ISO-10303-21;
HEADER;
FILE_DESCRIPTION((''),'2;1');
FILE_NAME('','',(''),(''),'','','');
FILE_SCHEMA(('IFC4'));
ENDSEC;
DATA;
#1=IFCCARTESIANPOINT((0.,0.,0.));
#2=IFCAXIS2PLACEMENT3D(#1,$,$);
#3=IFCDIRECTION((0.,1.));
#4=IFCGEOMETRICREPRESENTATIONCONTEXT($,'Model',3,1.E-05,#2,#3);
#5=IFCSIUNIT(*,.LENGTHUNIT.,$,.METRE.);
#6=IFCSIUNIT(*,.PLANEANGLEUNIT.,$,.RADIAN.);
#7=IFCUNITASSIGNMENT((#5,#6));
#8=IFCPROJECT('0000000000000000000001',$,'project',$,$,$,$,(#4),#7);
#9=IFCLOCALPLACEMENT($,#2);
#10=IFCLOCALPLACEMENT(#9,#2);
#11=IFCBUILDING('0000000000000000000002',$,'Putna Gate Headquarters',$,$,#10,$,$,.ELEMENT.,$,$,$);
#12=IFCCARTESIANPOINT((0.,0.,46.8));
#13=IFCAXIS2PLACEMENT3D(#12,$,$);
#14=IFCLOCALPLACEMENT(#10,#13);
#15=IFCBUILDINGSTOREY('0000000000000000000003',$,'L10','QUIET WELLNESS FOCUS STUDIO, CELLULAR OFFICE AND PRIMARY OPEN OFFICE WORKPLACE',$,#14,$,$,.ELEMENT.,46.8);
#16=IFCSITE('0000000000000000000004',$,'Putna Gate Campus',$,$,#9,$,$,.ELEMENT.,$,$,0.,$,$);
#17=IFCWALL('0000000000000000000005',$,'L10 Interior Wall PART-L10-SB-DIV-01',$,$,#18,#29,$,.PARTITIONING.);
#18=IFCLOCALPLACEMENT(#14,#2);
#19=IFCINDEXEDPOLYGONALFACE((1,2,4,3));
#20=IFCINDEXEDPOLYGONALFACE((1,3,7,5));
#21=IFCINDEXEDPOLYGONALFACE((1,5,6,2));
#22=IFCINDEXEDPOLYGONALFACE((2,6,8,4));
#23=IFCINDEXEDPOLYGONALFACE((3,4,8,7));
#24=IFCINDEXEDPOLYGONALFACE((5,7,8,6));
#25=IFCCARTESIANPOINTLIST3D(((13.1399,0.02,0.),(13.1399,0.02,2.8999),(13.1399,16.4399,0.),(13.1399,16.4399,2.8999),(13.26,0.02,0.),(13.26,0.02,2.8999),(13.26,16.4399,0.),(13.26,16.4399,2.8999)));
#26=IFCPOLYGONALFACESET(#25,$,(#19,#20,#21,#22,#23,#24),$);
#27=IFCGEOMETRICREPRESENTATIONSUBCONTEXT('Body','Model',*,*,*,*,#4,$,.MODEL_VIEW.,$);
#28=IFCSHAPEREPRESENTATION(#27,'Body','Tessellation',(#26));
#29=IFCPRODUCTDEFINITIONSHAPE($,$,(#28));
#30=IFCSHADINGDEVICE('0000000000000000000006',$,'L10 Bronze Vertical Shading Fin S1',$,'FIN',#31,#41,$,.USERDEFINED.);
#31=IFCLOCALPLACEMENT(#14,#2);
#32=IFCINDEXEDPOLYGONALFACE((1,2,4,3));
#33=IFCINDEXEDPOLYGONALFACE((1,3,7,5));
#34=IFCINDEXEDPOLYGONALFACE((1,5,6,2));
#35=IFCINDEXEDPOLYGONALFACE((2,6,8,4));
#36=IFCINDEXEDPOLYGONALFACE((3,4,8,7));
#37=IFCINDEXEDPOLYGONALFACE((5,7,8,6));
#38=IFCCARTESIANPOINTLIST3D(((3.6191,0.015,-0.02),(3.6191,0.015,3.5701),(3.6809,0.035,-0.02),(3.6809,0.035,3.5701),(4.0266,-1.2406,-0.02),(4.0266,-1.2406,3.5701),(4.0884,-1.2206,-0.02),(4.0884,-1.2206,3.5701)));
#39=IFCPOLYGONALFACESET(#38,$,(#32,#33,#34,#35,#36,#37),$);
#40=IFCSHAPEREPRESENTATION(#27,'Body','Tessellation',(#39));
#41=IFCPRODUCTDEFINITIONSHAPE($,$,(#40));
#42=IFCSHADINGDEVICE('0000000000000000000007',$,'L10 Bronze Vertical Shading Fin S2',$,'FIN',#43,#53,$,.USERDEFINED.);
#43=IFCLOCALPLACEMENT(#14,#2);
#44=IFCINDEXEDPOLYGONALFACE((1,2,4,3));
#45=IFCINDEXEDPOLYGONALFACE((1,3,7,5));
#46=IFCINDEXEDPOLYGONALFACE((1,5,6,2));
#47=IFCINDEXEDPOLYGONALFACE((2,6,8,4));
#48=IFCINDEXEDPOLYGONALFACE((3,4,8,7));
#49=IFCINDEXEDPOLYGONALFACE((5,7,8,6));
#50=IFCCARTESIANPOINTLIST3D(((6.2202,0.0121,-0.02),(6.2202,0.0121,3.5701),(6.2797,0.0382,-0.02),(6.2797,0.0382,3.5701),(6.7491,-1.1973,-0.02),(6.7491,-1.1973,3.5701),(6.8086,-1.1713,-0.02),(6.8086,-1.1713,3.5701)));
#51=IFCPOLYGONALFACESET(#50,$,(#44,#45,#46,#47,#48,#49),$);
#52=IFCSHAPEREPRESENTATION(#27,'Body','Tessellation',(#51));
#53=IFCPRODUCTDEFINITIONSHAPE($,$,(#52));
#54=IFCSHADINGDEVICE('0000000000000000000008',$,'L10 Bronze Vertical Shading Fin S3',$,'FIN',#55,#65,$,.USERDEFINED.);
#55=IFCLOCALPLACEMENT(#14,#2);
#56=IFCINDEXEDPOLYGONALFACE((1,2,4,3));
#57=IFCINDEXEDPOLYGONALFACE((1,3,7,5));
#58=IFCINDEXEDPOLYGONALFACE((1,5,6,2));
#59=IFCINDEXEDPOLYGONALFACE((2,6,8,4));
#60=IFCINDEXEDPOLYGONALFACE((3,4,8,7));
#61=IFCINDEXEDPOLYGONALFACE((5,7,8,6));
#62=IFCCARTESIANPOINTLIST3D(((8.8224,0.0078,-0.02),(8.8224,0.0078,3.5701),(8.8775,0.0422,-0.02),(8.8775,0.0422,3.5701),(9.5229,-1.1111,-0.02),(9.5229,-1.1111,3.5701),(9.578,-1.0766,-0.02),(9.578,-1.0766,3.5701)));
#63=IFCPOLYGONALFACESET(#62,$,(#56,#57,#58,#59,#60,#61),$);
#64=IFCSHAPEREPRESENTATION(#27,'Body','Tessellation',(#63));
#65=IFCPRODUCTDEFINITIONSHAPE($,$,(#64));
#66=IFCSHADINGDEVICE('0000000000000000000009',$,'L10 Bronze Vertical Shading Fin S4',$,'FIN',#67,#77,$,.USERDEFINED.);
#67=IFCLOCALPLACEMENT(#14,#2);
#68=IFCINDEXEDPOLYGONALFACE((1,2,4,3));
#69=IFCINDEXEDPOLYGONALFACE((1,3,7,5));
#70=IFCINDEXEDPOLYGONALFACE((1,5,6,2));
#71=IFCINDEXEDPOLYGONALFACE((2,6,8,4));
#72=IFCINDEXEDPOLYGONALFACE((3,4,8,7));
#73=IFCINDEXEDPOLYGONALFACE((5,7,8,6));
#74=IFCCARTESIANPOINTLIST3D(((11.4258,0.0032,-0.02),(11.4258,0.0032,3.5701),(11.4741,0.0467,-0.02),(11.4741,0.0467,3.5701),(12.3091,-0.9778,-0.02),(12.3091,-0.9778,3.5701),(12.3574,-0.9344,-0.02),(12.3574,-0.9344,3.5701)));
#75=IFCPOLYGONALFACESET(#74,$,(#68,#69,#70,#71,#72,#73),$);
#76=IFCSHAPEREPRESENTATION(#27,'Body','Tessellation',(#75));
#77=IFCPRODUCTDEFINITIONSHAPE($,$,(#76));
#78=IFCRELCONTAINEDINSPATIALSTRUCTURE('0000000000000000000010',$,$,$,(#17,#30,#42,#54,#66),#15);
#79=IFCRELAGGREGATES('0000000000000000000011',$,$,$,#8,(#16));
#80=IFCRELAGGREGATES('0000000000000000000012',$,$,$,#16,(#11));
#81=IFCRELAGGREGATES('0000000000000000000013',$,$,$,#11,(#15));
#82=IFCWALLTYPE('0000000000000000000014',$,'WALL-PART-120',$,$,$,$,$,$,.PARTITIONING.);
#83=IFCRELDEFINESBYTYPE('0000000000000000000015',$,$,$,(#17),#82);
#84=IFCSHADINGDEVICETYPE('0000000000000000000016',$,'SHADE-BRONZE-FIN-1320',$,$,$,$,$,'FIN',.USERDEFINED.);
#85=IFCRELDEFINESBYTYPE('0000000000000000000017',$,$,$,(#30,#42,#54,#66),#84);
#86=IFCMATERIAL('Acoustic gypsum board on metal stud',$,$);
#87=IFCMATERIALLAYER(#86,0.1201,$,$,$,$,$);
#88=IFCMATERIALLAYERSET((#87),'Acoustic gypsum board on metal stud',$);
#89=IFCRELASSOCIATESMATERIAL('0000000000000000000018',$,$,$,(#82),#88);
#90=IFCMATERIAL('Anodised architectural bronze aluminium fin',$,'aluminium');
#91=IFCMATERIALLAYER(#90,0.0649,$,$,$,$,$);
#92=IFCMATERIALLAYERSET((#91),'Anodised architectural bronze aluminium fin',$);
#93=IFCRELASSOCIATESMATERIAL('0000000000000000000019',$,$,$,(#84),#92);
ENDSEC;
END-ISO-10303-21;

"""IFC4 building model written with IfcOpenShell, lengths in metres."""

from ifc_helpers import new_model, si_unit, direction, frame, frame_2d, origin, origin_2d, place, context, subcontext, project, spatial, rectangle, extrude, material, layer, layer_set, type_object, element, save


model = new_model("IFC4")

# Units and contexts
model_context = context("Model", 3, precision=1e-05, world=origin(), true_north=direction((0.0, 1.0)))
body_context = subcontext(model_context, "Body", "Model", "MODEL_VIEW")
ifc_project = project(units=[si_unit("LENGTHUNIT", "METRE"), si_unit("PLANEANGLEUNIT", "RADIAN")], contexts=[model_context])

# Site, building, storey
site_placement = place(None, origin())
site = spatial("IfcSite", under=ifc_project, at=site_placement, Name="Putna Gate Campus", CompositionType="ELEMENT", RefElevation=0.0)
building_placement = place(site_placement, origin())
building = spatial("IfcBuilding", under=site, at=building_placement, Name="Putna Gate Headquarters", CompositionType="ELEMENT")
storey_placement = place(building_placement, frame((0.0, 0.0, 46.8)))
storey = spatial("IfcBuildingStorey", under=building, at=storey_placement, Name="L10", Description="QUIET WELLNESS FOCUS STUDIO, CELLULAR OFFICE AND PRIMARY OPEN OFFICE WORKPLACE", CompositionType="ELEMENT", Elevation=46.8)

# Wall
ifc_material_1 = material(Name="Acoustic gypsum board on metal stud")
ifc_layer_1 = layer(ifc_material_1, 0.1201)
ifc_layer_set_1 = layer_set([ifc_layer_1], Name="Acoustic gypsum board on metal stud")
wall_type_1 = type_object("IfcWallType", Name="WALL-PART-120", PredefinedType="PARTITIONING", material=ifc_layer_set_1)
wall_placement = place(storey_placement, frame((13.2, 0.02, 0.0), z_axis=(0.0, 0.0, 1.0), x_axis=(0.0, 1.0, 0.0)))
element("IfcWall", 1, at=wall_placement, inside=storey, type_object=wall_type_1, Name="L10 Interior Wall PART-L10-SB-DIV-01", PredefinedType="PARTITIONING", context=body_context, shape_type="SweptSolid", body=[
    extrude(rectangle(XDim=16.4199, YDim=0.1201, at=frame_2d((8.21, 0.0))), origin(), (0.0, 0.0, 1.0), 2.8999),
])

# Shading devices
ifc_material_2 = material(Name="Anodised architectural bronze aluminium fin", Category="aluminium")
ifc_layer_2 = layer(ifc_material_2, 0.0649)
ifc_layer_set_2 = layer_set([ifc_layer_2], Name="Anodised architectural bronze aluminium fin")
shading_device_type = type_object("IfcShadingDeviceType", Name="SHADE-BRONZE-FIN-1320", ElementType="FIN", PredefinedType="USERDEFINED", material=ifc_layer_set_2)
for number, where, z_axis, x_axis, name in (
    (2, (3.8538, -0.6028, -0.02), (0.0, 0.0, 1.0), (0.308685, -0.951164, 0.0), "L10 Bronze Vertical Shading Fin S1"),
    (3, (6.5144, -0.5796, -0.02), (0.0, 0.0, 1.0), (0.400669, -0.916223, 0.0), "L10 Bronze Vertical Shading Fin S2"),
    (4, (9.2002, -0.5344, -0.02), (0.0, 0.0, 1.0), (0.530659, -0.847585, 0.0), "L10 Bronze Vertical Shading Fin S3"),
    (5, (11.8916, -0.4656, -0.02), (0.0, 0.0, 1.0), (0.669131, -0.743145, 0.0), "L10 Bronze Vertical Shading Fin S4"),
):
    element("IfcShadingDevice", number, at=place(storey_placement, frame(where, z_axis=z_axis, x_axis=x_axis)), inside=storey, type_object=shading_device_type, Name=name, ObjectType="FIN", PredefinedType="USERDEFINED", context=body_context, shape_type="SweptSolid", body=[
        extrude(rectangle(XDim=1.3201, YDim=0.0649, at=origin_2d()), origin(), (0.0, 0.0, 1.0), 3.5901),
    ])

save(model, "model.ifc")
